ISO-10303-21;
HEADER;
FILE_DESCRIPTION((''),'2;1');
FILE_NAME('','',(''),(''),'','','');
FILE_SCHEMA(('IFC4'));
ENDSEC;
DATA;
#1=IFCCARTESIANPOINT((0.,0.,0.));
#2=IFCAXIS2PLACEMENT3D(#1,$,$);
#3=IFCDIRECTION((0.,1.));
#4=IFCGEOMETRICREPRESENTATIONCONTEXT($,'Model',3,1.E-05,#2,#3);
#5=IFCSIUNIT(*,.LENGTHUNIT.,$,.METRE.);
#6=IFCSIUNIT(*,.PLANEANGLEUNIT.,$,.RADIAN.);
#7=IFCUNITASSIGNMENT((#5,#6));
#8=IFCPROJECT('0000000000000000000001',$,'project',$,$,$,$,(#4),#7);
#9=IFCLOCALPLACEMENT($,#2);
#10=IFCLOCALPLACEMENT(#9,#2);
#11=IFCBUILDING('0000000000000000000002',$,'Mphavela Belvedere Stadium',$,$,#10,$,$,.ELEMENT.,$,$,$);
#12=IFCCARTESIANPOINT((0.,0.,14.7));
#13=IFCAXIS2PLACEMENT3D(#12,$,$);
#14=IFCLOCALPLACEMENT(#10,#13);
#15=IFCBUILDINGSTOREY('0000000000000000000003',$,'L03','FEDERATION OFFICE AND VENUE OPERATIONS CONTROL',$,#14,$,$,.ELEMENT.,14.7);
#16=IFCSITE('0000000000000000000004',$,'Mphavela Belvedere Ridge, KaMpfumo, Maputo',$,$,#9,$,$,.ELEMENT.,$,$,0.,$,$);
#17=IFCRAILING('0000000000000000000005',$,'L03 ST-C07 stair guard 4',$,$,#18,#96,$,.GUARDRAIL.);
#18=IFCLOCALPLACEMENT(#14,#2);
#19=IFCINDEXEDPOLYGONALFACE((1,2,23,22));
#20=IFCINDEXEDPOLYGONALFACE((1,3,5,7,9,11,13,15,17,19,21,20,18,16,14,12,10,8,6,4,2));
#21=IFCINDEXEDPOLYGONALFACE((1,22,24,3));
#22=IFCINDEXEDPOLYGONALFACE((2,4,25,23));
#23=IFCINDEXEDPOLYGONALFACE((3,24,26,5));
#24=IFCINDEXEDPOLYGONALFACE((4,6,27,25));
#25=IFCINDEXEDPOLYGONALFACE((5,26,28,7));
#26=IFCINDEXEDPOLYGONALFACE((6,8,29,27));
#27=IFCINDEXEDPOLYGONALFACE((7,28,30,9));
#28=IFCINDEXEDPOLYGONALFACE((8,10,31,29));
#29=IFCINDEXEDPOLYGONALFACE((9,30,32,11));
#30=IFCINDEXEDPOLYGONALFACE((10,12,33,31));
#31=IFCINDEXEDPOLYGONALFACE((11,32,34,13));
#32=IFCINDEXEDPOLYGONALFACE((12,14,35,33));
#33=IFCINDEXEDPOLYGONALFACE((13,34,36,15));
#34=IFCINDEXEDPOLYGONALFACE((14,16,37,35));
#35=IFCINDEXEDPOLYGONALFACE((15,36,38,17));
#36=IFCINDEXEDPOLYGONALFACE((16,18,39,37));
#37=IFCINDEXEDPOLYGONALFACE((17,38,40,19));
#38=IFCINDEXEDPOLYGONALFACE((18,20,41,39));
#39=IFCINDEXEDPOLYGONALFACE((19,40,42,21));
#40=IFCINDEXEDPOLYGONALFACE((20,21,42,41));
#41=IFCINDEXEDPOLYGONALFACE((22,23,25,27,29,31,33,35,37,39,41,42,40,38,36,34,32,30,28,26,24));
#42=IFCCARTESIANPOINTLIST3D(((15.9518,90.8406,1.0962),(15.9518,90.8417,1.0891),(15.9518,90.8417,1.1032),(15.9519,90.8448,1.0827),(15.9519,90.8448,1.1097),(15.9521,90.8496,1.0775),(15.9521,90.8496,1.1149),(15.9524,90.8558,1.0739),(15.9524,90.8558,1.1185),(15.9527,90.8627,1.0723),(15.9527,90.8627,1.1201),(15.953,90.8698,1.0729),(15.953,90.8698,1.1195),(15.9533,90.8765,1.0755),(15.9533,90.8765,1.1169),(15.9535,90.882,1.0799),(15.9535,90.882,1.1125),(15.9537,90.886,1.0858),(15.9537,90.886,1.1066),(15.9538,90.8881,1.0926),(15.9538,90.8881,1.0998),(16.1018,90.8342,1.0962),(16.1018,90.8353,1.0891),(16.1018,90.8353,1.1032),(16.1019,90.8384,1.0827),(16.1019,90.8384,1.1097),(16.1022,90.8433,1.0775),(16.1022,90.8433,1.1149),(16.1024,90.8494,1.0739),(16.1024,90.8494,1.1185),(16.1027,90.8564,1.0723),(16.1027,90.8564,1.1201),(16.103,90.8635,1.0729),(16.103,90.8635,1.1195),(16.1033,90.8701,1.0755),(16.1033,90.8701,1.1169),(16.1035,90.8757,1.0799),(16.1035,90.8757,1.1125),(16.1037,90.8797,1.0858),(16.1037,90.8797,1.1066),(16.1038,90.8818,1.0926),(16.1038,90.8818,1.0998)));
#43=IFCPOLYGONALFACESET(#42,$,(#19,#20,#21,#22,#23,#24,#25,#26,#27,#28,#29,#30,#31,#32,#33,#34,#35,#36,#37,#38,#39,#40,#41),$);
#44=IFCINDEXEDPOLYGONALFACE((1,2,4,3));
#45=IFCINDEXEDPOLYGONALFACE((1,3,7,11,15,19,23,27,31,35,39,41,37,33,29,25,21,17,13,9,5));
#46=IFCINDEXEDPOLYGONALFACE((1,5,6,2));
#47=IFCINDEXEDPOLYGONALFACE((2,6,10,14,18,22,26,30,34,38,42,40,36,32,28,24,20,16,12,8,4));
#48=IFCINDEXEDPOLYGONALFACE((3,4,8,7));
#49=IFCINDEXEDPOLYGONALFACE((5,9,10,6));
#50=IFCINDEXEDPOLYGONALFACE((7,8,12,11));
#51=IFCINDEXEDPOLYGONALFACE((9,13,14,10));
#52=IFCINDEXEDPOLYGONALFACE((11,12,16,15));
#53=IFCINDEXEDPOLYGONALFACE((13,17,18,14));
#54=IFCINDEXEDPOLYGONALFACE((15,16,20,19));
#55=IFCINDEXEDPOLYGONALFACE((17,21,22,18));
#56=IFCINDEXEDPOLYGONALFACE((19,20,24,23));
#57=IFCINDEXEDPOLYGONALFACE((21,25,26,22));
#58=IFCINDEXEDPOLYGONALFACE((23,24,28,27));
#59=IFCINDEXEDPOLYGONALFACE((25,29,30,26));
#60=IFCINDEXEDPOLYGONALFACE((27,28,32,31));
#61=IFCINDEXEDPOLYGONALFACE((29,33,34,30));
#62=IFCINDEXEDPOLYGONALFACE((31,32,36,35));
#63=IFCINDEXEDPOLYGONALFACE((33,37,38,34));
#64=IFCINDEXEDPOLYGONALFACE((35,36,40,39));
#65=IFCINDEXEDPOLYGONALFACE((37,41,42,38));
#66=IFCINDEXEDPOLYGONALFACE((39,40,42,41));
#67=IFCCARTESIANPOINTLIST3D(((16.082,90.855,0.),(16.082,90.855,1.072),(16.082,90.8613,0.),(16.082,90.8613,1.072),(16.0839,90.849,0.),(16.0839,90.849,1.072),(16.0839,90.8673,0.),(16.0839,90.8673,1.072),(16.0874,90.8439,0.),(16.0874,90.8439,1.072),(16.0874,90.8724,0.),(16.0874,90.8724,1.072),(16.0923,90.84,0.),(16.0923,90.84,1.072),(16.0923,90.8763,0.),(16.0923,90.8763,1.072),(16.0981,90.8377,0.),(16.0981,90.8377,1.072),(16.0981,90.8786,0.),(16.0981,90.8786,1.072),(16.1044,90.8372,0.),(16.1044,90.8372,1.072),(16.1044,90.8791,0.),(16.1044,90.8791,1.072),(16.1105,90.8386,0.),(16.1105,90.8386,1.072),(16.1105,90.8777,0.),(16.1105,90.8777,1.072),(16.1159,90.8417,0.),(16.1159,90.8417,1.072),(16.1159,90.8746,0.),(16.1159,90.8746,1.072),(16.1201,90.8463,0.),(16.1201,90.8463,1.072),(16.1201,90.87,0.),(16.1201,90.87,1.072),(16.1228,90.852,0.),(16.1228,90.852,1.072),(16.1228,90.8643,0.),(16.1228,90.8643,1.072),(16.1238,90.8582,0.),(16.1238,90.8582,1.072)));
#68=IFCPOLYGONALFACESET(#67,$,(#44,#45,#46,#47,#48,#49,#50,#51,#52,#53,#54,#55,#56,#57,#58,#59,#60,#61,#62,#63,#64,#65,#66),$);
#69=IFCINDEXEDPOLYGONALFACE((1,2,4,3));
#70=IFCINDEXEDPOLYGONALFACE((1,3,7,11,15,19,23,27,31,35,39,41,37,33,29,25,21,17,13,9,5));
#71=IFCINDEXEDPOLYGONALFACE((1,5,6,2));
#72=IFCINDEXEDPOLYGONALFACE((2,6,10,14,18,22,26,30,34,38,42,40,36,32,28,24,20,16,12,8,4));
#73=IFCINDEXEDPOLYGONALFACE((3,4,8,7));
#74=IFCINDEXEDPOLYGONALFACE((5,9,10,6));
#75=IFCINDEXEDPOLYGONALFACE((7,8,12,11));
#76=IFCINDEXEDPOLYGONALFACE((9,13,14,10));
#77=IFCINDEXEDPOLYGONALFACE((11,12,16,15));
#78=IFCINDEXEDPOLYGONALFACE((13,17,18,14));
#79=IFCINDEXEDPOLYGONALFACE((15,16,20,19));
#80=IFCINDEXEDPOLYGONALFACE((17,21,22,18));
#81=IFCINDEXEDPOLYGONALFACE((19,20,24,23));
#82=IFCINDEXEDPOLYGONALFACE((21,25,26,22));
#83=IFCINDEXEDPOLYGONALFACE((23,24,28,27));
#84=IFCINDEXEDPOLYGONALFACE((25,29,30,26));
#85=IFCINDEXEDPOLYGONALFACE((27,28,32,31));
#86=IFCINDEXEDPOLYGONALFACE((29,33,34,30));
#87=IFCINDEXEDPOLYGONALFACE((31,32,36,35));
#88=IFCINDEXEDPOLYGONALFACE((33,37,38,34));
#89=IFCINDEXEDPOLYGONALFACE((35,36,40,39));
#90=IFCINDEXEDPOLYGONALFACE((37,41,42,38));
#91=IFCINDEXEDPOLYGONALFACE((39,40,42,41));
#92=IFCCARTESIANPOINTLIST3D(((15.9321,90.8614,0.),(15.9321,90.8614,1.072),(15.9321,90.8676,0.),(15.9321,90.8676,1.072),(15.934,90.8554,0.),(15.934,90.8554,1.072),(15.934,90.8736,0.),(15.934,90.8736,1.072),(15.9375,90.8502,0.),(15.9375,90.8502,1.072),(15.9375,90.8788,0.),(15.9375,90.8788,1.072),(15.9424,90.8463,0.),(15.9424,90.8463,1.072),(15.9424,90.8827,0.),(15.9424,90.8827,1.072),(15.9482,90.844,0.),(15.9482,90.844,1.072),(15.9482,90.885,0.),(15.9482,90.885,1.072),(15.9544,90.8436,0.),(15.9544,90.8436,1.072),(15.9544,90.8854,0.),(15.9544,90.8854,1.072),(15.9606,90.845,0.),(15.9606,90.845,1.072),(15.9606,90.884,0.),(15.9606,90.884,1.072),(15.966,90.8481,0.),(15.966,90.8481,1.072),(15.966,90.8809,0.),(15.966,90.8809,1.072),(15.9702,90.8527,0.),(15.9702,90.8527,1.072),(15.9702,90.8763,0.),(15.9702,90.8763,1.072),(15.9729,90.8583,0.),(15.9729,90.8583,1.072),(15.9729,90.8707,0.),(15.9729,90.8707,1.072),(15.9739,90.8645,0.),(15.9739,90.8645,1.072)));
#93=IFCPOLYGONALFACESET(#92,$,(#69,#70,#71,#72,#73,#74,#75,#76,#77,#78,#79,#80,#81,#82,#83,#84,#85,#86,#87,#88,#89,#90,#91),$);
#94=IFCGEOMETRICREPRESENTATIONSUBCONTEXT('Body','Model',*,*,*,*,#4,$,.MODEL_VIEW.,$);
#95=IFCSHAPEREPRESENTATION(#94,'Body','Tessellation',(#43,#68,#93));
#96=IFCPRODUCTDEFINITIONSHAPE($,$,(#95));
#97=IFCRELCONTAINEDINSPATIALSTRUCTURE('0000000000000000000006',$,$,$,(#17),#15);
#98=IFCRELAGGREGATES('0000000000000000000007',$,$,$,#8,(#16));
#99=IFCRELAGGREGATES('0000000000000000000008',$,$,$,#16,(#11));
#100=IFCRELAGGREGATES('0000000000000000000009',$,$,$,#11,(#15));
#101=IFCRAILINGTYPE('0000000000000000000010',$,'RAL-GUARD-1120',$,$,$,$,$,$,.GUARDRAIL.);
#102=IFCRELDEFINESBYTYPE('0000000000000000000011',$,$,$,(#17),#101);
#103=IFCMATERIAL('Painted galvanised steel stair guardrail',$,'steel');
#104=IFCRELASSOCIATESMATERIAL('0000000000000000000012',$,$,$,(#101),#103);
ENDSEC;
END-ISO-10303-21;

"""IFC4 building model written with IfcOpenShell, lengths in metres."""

from ifc_helpers import new_model, si_unit, direction, frame, origin, origin_2d, place, context, subcontext, project, spatial, circle, extrude, material, type_object, element, save


model = new_model("IFC4")

# Units and contexts
model_context = context("Model", 3, precision=1e-05, world=origin(), true_north=direction((0.0, 1.0)))
body_context = subcontext(model_context, "Body", "Model", "MODEL_VIEW")
ifc_project = project(units=[si_unit("LENGTHUNIT", "METRE"), si_unit("PLANEANGLEUNIT", "RADIAN")], contexts=[model_context])

# Site, building, storey
site_placement = place(None, origin())
site = spatial("IfcSite", under=ifc_project, at=site_placement, Name="Mphavela Belvedere Ridge, KaMpfumo, Maputo", CompositionType="ELEMENT", RefElevation=0.0)
building_placement = place(site_placement, origin())
building = spatial("IfcBuilding", under=site, at=building_placement, Name="Mphavela Belvedere Stadium", CompositionType="ELEMENT")
storey_placement = place(building_placement, frame((0.0, 0.0, 14.7)))
storey = spatial("IfcBuildingStorey", under=building, at=storey_placement, Name="L03", Description="FEDERATION OFFICE AND VENUE OPERATIONS CONTROL", CompositionType="ELEMENT", Elevation=14.7)

# Railing
ifc_material_1 = material(Name="Painted galvanised steel stair guardrail", Category="steel")
railing_type_1 = type_object("IfcRailingType", Name="RAL-GUARD-1120", PredefinedType="GUARDRAIL", material=ifc_material_1)
railing_1_placement = place(storey_placement, frame((16.1028, 90.8582, 0.0)))
element("IfcRailing", 1, at=railing_1_placement, inside=storey, type_object=railing_type_1, Name="L03 ST-C07 stair guard 4", PredefinedType="GUARDRAIL", context=body_context, shape_type="SweptSolid", body=[
    extrude(circle(Radius=0.0239, at=origin_2d()), frame((0.0, 0.0, 1.0962), z_axis=(-0.999105, 0.042307, 0.0), x_axis=(-0.042307, -0.999105, 0.0)), (0.0, 0.0, 1.0), 0.1501),
    extrude(circle(Radius=0.021, at=origin_2d()), origin(), (0.0, 0.0, 1.0), 1.072),
    extrude(circle(Radius=0.021, at=origin_2d()), frame((-0.1499, 0.0063, 0.0)), (0.0, 0.0, 1.0), 1.072),
])

save(model, "model.ifc")
